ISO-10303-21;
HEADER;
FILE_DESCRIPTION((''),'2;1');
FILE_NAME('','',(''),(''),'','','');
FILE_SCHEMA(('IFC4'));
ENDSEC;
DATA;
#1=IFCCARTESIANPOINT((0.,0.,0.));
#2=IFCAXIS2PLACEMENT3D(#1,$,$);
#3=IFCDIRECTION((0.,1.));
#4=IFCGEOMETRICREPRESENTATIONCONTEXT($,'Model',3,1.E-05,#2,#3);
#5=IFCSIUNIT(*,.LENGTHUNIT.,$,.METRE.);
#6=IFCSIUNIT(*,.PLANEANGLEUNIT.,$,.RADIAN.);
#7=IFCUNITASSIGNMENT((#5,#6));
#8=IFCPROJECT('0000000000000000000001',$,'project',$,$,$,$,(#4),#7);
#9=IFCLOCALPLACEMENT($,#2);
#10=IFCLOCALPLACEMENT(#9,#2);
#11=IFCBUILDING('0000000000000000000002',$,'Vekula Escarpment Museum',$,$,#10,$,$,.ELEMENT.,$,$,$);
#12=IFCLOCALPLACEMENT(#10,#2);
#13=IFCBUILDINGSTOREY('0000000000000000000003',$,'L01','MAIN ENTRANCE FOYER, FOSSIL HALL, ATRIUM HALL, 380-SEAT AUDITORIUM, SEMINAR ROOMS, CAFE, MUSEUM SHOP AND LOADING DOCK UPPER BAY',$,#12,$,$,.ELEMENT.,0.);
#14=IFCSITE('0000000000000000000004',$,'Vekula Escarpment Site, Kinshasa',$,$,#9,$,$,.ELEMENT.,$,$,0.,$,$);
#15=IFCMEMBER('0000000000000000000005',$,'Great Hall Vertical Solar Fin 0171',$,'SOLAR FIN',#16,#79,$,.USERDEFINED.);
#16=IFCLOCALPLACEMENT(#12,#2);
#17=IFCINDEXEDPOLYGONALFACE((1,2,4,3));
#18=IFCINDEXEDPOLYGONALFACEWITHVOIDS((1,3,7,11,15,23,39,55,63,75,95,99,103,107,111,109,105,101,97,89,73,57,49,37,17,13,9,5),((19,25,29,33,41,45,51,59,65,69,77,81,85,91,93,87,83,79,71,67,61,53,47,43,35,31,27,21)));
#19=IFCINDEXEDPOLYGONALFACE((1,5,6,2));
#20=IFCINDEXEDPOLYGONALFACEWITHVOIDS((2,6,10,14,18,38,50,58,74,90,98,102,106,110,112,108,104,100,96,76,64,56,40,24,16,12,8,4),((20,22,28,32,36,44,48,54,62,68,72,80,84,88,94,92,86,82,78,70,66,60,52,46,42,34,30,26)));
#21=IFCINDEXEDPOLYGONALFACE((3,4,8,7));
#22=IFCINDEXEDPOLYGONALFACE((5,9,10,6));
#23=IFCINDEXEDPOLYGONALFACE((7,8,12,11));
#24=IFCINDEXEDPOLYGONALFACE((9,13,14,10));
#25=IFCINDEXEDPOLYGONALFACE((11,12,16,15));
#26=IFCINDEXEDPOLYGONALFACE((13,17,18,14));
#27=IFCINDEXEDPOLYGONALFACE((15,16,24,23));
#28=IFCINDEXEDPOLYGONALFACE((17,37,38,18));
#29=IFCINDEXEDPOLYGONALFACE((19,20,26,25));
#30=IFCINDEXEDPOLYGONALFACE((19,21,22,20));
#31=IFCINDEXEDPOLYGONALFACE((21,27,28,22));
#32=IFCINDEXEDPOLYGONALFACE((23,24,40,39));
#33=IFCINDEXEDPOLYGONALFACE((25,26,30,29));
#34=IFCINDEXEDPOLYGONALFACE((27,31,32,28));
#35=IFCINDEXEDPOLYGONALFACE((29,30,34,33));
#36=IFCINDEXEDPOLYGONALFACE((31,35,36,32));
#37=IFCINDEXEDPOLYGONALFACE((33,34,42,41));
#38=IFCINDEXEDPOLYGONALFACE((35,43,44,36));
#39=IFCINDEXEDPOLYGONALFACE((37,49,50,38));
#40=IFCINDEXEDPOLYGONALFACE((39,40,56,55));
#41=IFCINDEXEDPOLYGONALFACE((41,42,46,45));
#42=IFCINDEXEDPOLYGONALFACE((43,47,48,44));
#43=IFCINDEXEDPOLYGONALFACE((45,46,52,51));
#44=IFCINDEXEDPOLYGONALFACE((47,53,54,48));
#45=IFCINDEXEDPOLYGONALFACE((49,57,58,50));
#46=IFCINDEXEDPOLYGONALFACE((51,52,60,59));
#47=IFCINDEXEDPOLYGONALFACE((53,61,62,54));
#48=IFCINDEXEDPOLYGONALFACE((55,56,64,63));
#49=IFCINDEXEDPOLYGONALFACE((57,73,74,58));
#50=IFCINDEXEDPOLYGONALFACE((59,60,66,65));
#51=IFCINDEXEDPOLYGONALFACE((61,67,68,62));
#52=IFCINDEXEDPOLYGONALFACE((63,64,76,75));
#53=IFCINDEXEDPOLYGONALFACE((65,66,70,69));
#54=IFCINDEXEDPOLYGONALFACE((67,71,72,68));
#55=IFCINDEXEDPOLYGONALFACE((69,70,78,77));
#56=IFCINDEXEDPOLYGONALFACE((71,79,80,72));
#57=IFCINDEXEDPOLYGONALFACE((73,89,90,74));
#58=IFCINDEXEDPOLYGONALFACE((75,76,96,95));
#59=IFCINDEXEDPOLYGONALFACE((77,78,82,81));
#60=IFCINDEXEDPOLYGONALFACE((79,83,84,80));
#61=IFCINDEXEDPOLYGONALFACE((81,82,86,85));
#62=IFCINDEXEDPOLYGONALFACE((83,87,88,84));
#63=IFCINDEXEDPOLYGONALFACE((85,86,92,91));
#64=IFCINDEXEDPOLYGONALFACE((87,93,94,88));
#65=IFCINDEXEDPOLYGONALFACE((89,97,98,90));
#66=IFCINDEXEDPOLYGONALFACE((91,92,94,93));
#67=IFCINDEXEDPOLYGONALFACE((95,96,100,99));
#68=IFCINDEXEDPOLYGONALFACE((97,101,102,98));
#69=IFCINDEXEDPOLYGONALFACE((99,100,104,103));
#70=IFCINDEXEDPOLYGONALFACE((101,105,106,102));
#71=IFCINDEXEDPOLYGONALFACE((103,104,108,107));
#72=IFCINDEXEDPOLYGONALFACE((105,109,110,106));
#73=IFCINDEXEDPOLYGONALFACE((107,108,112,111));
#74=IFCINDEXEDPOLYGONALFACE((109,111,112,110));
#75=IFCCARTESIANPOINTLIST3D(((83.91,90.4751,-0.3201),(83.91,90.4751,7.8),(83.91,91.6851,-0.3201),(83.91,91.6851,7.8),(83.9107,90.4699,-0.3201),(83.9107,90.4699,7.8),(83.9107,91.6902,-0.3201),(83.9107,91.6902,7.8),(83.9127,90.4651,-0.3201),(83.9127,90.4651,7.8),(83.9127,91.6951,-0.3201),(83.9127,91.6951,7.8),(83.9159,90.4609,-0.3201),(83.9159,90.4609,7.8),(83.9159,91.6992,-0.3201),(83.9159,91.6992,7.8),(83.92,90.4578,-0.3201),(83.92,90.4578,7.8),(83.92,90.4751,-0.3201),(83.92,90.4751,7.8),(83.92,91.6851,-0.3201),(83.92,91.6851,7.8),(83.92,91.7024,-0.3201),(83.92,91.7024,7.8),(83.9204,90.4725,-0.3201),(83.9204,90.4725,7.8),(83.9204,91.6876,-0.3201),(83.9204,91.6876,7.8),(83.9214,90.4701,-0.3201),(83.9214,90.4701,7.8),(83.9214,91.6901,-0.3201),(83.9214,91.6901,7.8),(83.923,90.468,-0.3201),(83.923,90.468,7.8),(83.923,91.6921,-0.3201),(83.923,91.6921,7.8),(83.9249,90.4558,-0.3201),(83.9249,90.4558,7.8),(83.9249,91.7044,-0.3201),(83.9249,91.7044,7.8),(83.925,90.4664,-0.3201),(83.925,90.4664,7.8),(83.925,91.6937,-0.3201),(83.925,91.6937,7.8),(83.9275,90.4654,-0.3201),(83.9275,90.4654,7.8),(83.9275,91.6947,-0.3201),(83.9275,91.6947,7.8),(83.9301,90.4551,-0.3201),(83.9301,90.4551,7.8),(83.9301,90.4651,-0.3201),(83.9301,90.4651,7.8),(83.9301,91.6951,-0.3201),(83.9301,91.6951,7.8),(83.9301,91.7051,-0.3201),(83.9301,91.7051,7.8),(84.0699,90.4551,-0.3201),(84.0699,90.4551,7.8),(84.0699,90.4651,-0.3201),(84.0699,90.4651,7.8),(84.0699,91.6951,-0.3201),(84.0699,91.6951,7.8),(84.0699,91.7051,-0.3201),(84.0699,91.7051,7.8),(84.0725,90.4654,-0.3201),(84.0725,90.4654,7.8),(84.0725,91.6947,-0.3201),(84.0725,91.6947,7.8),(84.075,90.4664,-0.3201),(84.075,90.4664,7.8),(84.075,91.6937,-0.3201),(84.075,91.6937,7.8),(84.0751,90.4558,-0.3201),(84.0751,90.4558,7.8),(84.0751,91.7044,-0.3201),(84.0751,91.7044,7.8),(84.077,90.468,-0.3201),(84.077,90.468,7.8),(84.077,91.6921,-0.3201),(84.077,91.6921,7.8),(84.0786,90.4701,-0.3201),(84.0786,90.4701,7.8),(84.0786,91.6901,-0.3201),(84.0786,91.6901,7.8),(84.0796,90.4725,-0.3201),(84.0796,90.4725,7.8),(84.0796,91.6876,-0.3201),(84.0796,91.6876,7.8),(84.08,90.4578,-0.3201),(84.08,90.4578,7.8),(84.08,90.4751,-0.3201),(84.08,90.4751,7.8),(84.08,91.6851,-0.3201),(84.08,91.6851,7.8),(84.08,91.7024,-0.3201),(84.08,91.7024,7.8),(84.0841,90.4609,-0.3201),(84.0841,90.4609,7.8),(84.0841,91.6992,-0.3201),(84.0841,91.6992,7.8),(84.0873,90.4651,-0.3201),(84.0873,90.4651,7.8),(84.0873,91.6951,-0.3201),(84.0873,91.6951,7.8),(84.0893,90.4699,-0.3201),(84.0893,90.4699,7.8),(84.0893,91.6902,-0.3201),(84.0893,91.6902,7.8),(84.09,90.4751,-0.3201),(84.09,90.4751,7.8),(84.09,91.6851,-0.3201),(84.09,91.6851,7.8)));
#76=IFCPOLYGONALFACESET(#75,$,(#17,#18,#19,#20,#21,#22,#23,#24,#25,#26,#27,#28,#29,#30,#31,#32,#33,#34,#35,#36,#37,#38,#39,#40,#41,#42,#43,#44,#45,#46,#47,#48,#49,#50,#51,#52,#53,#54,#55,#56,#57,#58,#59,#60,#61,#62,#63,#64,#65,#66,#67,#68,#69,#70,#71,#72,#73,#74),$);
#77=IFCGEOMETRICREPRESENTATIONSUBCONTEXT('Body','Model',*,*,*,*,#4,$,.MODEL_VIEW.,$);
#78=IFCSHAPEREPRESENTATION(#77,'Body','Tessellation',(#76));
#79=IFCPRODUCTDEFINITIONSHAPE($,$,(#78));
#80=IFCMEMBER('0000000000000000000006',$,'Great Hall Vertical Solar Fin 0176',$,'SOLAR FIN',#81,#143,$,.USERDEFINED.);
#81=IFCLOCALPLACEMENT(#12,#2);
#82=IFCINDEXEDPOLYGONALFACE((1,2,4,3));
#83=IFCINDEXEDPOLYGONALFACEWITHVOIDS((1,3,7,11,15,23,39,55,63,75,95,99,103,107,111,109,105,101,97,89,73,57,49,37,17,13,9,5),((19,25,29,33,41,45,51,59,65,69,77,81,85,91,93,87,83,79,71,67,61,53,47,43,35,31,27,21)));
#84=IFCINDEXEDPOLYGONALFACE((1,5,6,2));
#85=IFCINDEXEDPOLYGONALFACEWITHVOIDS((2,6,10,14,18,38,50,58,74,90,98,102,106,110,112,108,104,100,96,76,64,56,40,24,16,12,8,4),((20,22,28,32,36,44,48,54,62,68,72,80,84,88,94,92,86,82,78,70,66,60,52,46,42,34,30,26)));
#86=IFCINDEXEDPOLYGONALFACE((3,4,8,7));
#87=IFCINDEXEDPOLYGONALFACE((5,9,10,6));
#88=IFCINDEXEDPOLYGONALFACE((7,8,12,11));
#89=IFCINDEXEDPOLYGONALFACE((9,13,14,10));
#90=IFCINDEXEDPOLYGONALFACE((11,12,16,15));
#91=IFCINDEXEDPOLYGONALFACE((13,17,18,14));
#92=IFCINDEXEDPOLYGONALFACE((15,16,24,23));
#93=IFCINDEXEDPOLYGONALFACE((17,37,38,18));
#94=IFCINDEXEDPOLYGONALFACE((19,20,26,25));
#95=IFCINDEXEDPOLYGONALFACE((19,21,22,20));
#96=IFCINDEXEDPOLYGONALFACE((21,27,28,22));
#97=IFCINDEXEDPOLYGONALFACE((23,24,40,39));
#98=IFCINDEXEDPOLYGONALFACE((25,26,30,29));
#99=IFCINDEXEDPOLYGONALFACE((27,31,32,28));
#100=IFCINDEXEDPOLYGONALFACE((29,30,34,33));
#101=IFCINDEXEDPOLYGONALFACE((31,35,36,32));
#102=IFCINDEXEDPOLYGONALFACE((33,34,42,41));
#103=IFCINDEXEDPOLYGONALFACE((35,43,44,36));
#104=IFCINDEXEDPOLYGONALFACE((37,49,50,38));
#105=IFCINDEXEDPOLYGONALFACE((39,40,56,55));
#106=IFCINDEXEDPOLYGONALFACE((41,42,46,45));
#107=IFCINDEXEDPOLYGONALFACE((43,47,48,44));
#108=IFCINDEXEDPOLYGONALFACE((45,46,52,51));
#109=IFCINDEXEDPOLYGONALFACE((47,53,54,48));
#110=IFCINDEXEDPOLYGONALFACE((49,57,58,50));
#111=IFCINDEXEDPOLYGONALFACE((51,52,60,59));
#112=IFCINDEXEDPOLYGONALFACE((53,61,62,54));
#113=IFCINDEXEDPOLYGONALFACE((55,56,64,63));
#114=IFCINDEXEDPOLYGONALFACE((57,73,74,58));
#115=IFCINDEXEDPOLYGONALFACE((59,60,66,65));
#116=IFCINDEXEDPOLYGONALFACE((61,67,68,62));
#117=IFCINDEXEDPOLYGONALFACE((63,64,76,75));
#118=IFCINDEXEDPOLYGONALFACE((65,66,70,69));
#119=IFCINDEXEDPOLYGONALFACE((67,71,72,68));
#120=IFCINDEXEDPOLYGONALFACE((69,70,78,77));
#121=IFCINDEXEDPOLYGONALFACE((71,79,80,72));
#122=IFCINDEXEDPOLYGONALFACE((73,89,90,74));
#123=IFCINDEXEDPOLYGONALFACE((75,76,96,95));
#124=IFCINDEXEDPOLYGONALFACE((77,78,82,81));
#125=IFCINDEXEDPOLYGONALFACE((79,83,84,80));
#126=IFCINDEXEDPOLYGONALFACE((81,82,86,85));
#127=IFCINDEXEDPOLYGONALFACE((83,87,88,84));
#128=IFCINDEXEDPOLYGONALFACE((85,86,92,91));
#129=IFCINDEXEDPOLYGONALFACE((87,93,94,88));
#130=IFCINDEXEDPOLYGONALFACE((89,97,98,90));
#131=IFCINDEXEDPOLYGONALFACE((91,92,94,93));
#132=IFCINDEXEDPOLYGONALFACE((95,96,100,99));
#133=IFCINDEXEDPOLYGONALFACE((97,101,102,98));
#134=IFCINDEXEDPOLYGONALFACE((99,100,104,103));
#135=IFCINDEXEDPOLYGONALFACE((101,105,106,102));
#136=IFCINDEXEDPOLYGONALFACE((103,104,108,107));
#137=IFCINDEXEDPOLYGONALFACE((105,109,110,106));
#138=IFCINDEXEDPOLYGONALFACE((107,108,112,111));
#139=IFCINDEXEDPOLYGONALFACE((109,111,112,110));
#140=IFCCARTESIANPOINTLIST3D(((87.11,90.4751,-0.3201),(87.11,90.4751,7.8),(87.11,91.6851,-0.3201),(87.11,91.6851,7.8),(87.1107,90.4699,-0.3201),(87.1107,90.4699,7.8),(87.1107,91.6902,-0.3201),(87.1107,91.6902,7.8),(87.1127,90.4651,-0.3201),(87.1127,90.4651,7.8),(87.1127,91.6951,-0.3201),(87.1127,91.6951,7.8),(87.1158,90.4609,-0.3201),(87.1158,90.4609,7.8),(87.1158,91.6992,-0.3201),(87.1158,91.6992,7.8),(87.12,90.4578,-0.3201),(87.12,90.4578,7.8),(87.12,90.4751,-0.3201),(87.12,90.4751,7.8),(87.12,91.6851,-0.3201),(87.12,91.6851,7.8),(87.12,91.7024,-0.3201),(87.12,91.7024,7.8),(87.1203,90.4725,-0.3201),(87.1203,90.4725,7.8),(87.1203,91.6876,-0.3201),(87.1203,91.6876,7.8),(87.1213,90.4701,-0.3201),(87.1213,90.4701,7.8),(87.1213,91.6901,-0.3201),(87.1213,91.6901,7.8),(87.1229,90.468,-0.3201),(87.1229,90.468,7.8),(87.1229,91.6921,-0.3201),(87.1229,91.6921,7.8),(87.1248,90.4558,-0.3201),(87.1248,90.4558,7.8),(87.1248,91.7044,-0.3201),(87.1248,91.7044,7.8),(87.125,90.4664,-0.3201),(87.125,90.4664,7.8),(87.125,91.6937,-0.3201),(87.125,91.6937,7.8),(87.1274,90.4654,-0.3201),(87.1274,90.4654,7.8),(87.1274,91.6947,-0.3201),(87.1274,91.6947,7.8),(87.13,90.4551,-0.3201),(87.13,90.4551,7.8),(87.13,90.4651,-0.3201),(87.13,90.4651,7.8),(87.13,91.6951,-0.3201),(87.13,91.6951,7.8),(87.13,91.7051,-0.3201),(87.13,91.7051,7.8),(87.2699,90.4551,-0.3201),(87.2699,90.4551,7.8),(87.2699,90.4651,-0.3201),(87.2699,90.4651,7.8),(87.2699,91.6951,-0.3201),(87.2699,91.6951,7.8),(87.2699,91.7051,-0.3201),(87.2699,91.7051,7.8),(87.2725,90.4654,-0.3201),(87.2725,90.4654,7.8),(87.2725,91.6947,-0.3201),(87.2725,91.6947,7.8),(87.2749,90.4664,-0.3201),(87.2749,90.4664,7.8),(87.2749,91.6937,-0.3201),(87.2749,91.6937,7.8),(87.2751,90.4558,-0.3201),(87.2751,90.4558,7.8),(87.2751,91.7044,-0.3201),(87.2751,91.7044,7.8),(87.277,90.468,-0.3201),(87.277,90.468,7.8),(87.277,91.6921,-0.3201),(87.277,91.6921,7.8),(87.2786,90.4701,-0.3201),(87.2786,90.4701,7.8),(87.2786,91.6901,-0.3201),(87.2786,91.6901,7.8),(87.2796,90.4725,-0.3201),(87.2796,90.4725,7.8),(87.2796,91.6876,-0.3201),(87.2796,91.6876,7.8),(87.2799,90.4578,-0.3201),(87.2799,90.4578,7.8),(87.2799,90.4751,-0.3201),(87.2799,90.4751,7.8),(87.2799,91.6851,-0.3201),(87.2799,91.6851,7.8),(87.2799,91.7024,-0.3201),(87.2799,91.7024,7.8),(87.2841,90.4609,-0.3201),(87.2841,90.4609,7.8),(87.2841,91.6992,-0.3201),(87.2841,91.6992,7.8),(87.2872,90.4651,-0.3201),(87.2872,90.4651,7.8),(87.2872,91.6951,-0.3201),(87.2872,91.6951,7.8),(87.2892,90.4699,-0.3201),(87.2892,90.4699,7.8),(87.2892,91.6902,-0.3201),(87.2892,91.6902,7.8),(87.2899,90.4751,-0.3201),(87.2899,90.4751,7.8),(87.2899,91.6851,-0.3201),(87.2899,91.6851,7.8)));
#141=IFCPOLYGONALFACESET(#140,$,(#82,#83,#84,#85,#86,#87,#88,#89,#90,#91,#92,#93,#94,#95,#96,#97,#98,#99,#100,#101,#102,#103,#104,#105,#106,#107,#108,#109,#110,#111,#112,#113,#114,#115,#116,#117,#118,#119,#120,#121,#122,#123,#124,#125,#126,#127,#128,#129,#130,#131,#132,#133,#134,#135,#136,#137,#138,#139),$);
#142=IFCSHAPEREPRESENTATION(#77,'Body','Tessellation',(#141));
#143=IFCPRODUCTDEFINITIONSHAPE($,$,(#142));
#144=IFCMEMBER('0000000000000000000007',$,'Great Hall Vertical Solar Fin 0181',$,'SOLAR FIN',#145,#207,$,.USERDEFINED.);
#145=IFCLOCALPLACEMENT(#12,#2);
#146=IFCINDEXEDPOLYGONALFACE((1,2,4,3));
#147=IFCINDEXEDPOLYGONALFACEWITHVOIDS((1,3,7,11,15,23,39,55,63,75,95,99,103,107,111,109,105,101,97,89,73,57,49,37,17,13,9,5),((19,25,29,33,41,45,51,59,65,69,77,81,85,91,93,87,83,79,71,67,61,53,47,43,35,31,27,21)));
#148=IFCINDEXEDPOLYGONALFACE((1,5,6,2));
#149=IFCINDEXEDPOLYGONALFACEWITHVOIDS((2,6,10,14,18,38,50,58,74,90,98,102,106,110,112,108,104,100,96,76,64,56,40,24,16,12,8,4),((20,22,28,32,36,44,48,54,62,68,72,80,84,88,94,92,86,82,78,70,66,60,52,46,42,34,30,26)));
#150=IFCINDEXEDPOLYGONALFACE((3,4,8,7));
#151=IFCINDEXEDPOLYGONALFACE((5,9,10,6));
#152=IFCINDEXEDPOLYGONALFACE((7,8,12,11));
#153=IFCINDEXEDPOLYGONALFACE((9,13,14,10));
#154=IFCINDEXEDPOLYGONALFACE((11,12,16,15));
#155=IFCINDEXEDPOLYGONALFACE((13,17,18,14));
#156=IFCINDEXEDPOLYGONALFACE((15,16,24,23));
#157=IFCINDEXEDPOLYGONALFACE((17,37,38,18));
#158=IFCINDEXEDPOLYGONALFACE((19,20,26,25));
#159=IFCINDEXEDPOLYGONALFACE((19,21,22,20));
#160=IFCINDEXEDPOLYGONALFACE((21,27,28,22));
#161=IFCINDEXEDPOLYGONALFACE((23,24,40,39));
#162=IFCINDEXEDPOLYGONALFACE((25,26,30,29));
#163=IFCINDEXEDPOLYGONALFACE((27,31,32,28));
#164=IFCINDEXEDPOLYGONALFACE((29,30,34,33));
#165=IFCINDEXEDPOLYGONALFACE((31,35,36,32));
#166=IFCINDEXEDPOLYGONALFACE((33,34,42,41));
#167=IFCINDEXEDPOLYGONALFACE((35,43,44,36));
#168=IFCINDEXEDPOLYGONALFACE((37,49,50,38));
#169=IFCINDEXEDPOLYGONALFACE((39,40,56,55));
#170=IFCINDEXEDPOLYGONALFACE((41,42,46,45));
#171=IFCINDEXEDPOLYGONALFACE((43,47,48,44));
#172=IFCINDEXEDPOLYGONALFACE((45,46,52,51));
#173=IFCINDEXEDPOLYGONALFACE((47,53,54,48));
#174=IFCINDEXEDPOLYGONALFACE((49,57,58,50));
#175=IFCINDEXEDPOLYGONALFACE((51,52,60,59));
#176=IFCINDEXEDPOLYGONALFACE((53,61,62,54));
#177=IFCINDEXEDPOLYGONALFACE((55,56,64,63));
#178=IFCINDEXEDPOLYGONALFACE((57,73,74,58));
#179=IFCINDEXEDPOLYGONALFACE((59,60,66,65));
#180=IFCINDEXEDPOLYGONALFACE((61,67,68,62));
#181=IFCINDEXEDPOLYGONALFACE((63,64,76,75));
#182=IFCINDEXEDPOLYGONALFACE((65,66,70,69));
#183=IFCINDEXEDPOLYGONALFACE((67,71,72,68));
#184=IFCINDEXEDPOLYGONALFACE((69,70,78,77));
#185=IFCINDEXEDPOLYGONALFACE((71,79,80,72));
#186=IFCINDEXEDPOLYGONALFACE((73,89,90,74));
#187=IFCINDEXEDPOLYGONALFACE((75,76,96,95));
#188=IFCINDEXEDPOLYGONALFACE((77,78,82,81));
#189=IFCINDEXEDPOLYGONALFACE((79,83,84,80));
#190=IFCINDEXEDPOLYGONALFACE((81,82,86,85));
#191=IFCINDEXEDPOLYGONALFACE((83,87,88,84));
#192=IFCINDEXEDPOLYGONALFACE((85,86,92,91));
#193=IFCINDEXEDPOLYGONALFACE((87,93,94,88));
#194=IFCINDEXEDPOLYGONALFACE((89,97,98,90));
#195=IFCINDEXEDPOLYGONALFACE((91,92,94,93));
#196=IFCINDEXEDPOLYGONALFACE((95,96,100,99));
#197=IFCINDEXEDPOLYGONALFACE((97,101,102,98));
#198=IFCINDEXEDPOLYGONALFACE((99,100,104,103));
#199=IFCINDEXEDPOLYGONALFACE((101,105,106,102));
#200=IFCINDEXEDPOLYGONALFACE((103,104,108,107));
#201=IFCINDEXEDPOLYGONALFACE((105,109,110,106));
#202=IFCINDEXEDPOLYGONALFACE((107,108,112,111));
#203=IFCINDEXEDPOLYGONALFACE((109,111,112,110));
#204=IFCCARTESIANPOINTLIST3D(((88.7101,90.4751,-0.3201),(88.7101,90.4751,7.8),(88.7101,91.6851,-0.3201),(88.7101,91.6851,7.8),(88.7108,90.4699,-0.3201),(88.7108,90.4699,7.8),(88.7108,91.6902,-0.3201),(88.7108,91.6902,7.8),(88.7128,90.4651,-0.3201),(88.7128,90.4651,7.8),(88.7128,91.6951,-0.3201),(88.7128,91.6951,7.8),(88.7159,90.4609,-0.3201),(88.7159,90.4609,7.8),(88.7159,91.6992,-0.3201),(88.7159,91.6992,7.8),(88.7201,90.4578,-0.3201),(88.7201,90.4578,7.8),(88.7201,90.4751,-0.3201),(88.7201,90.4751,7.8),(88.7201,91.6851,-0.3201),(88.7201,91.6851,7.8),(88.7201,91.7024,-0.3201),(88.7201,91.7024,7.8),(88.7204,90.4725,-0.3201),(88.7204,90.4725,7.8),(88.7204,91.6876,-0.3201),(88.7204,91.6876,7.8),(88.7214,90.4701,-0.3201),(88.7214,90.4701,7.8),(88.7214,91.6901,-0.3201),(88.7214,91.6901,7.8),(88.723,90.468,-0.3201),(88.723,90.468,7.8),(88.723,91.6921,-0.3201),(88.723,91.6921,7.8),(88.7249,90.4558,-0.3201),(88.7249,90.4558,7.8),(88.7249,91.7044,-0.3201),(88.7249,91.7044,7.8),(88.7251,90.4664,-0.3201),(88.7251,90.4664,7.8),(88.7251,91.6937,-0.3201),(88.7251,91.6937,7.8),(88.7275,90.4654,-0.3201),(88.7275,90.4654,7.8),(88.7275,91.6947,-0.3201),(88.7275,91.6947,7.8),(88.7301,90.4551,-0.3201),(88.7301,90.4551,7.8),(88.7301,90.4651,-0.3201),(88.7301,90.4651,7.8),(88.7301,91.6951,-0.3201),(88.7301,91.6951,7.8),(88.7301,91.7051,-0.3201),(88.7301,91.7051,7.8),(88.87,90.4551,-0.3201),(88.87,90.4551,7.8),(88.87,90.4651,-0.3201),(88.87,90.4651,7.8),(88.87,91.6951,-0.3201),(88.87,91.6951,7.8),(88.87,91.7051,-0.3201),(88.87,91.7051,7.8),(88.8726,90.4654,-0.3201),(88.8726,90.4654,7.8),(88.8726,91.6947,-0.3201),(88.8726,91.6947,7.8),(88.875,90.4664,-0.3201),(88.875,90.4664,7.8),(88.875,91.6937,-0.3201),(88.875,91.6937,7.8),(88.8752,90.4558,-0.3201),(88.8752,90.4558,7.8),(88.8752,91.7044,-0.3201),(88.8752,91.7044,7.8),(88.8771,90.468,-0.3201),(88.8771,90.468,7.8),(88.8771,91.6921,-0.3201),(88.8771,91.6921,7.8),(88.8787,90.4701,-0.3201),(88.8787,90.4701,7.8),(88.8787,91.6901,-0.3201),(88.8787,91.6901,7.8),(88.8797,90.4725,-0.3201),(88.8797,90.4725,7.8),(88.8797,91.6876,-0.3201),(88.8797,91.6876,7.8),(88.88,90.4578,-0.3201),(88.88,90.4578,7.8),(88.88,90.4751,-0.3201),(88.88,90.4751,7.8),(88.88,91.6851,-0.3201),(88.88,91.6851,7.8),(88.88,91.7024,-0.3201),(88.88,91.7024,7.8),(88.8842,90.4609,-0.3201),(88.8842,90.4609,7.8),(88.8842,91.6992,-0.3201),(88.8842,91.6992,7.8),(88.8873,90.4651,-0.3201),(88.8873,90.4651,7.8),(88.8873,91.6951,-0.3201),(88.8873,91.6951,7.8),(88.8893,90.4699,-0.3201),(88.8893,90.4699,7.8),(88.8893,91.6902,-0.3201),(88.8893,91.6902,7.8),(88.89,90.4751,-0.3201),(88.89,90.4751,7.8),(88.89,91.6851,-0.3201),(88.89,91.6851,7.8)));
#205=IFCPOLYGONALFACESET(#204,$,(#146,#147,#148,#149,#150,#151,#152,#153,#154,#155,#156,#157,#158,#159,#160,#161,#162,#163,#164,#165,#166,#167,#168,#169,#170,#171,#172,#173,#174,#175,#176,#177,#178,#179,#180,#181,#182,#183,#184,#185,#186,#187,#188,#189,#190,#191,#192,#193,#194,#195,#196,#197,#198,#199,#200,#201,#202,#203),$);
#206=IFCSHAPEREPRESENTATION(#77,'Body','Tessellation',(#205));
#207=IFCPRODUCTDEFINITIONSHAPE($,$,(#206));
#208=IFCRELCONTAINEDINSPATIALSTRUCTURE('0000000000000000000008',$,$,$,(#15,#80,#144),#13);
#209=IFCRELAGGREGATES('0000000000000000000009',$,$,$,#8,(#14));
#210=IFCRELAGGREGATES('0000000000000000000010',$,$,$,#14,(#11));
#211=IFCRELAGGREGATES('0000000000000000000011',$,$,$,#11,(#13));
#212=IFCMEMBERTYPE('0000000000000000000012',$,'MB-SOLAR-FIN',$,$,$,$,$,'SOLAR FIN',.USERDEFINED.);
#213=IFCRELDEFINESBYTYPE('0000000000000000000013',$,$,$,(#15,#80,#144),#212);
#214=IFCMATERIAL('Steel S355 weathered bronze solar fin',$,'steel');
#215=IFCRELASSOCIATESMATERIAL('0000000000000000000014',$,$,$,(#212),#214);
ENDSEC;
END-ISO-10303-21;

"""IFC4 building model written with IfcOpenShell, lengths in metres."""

from ifc_helpers import new_model, si_unit, direction, frame, origin, origin_2d, place, context, subcontext, project, spatial, hollow_rectangle, extrude, material, material_profile, profile_set, type_object, element, save


model = new_model("IFC4")

# Units and contexts
model_context = context("Model", 3, precision=1e-05, world=origin(), true_north=direction((0.0, 1.0)))
body_context = subcontext(model_context, "Body", "Model", "MODEL_VIEW")
ifc_project = project(units=[si_unit("LENGTHUNIT", "METRE"), si_unit("PLANEANGLEUNIT", "RADIAN")], contexts=[model_context])

# Site, building, storey
site_placement = place(None, origin())
site = spatial("IfcSite", under=ifc_project, at=site_placement, Name="Vekula Escarpment Site, Kinshasa", CompositionType="ELEMENT", RefElevation=0.0)
building_placement = place(site_placement, origin())
building = spatial("IfcBuilding", under=site, at=building_placement, Name="Vekula Escarpment Museum", CompositionType="ELEMENT")
storey_placement = place(building_placement, origin())
storey = spatial("IfcBuildingStorey", under=building, at=storey_placement, Name="L01", Description="MAIN ENTRANCE FOYER, FOSSIL HALL, ATRIUM HALL, 380-SEAT AUDITORIUM, SEMINAR ROOMS, CAFE, MUSEUM SHOP AND LOADING DOCK UPPER BAY", CompositionType="ELEMENT", Elevation=0.0)

# Members
ifc_material_1 = material(Name="Steel S355 weathered bronze solar fin", Category="steel")
ifc_material_profile_1 = material_profile(ifc_material_1, hollow_rectangle(XDim=0.1799, YDim=1.25, WallThickness=0.01, InnerFilletRadius=0.01, OuterFilletRadius=0.02, at=origin_2d()), Name="RHS 1250x180x10")
ifc_profile_set_1 = profile_set([ifc_material_profile_1], Name="Steel S355 weathered bronze solar fin")
member_type_1 = type_object("IfcMemberType", Name="MB-SOLAR-FIN", ElementType="SOLAR FIN", PredefinedType="USERDEFINED", material=ifc_profile_set_1)
for number, where, z_axis, x_axis, name in (
    (1, (84.0, 91.0801, -0.3201), (0.0, 0.0, 1.0), (1.0, 0.0, 0.0), "Great Hall Vertical Solar Fin 0171"),
    (2, (87.2, 91.0801, -0.3201), (0.0, 0.0, 1.0), (1.0, 0.0, 0.0), "Great Hall Vertical Solar Fin 0176"),
    (3, (88.8, 91.0801, -0.3201), (0.0, 0.0, 1.0), (1.0, 0.0, 0.0), "Great Hall Vertical Solar Fin 0181"),
):
    element("IfcMember", number, at=place(storey_placement, frame(where, z_axis=z_axis, x_axis=x_axis)), inside=storey, type_object=member_type_1, Name=name, ObjectType="SOLAR FIN", PredefinedType="USERDEFINED", context=body_context, shape_type="SweptSolid", body=[
        extrude(hollow_rectangle(XDim=0.1799, YDim=1.25, WallThickness=0.01, InnerFilletRadius=0.01, OuterFilletRadius=0.02, at=origin_2d()), origin(), (0.0, 0.0, 1.0), 8.1201),
    ])

save(model, "model.ifc")
